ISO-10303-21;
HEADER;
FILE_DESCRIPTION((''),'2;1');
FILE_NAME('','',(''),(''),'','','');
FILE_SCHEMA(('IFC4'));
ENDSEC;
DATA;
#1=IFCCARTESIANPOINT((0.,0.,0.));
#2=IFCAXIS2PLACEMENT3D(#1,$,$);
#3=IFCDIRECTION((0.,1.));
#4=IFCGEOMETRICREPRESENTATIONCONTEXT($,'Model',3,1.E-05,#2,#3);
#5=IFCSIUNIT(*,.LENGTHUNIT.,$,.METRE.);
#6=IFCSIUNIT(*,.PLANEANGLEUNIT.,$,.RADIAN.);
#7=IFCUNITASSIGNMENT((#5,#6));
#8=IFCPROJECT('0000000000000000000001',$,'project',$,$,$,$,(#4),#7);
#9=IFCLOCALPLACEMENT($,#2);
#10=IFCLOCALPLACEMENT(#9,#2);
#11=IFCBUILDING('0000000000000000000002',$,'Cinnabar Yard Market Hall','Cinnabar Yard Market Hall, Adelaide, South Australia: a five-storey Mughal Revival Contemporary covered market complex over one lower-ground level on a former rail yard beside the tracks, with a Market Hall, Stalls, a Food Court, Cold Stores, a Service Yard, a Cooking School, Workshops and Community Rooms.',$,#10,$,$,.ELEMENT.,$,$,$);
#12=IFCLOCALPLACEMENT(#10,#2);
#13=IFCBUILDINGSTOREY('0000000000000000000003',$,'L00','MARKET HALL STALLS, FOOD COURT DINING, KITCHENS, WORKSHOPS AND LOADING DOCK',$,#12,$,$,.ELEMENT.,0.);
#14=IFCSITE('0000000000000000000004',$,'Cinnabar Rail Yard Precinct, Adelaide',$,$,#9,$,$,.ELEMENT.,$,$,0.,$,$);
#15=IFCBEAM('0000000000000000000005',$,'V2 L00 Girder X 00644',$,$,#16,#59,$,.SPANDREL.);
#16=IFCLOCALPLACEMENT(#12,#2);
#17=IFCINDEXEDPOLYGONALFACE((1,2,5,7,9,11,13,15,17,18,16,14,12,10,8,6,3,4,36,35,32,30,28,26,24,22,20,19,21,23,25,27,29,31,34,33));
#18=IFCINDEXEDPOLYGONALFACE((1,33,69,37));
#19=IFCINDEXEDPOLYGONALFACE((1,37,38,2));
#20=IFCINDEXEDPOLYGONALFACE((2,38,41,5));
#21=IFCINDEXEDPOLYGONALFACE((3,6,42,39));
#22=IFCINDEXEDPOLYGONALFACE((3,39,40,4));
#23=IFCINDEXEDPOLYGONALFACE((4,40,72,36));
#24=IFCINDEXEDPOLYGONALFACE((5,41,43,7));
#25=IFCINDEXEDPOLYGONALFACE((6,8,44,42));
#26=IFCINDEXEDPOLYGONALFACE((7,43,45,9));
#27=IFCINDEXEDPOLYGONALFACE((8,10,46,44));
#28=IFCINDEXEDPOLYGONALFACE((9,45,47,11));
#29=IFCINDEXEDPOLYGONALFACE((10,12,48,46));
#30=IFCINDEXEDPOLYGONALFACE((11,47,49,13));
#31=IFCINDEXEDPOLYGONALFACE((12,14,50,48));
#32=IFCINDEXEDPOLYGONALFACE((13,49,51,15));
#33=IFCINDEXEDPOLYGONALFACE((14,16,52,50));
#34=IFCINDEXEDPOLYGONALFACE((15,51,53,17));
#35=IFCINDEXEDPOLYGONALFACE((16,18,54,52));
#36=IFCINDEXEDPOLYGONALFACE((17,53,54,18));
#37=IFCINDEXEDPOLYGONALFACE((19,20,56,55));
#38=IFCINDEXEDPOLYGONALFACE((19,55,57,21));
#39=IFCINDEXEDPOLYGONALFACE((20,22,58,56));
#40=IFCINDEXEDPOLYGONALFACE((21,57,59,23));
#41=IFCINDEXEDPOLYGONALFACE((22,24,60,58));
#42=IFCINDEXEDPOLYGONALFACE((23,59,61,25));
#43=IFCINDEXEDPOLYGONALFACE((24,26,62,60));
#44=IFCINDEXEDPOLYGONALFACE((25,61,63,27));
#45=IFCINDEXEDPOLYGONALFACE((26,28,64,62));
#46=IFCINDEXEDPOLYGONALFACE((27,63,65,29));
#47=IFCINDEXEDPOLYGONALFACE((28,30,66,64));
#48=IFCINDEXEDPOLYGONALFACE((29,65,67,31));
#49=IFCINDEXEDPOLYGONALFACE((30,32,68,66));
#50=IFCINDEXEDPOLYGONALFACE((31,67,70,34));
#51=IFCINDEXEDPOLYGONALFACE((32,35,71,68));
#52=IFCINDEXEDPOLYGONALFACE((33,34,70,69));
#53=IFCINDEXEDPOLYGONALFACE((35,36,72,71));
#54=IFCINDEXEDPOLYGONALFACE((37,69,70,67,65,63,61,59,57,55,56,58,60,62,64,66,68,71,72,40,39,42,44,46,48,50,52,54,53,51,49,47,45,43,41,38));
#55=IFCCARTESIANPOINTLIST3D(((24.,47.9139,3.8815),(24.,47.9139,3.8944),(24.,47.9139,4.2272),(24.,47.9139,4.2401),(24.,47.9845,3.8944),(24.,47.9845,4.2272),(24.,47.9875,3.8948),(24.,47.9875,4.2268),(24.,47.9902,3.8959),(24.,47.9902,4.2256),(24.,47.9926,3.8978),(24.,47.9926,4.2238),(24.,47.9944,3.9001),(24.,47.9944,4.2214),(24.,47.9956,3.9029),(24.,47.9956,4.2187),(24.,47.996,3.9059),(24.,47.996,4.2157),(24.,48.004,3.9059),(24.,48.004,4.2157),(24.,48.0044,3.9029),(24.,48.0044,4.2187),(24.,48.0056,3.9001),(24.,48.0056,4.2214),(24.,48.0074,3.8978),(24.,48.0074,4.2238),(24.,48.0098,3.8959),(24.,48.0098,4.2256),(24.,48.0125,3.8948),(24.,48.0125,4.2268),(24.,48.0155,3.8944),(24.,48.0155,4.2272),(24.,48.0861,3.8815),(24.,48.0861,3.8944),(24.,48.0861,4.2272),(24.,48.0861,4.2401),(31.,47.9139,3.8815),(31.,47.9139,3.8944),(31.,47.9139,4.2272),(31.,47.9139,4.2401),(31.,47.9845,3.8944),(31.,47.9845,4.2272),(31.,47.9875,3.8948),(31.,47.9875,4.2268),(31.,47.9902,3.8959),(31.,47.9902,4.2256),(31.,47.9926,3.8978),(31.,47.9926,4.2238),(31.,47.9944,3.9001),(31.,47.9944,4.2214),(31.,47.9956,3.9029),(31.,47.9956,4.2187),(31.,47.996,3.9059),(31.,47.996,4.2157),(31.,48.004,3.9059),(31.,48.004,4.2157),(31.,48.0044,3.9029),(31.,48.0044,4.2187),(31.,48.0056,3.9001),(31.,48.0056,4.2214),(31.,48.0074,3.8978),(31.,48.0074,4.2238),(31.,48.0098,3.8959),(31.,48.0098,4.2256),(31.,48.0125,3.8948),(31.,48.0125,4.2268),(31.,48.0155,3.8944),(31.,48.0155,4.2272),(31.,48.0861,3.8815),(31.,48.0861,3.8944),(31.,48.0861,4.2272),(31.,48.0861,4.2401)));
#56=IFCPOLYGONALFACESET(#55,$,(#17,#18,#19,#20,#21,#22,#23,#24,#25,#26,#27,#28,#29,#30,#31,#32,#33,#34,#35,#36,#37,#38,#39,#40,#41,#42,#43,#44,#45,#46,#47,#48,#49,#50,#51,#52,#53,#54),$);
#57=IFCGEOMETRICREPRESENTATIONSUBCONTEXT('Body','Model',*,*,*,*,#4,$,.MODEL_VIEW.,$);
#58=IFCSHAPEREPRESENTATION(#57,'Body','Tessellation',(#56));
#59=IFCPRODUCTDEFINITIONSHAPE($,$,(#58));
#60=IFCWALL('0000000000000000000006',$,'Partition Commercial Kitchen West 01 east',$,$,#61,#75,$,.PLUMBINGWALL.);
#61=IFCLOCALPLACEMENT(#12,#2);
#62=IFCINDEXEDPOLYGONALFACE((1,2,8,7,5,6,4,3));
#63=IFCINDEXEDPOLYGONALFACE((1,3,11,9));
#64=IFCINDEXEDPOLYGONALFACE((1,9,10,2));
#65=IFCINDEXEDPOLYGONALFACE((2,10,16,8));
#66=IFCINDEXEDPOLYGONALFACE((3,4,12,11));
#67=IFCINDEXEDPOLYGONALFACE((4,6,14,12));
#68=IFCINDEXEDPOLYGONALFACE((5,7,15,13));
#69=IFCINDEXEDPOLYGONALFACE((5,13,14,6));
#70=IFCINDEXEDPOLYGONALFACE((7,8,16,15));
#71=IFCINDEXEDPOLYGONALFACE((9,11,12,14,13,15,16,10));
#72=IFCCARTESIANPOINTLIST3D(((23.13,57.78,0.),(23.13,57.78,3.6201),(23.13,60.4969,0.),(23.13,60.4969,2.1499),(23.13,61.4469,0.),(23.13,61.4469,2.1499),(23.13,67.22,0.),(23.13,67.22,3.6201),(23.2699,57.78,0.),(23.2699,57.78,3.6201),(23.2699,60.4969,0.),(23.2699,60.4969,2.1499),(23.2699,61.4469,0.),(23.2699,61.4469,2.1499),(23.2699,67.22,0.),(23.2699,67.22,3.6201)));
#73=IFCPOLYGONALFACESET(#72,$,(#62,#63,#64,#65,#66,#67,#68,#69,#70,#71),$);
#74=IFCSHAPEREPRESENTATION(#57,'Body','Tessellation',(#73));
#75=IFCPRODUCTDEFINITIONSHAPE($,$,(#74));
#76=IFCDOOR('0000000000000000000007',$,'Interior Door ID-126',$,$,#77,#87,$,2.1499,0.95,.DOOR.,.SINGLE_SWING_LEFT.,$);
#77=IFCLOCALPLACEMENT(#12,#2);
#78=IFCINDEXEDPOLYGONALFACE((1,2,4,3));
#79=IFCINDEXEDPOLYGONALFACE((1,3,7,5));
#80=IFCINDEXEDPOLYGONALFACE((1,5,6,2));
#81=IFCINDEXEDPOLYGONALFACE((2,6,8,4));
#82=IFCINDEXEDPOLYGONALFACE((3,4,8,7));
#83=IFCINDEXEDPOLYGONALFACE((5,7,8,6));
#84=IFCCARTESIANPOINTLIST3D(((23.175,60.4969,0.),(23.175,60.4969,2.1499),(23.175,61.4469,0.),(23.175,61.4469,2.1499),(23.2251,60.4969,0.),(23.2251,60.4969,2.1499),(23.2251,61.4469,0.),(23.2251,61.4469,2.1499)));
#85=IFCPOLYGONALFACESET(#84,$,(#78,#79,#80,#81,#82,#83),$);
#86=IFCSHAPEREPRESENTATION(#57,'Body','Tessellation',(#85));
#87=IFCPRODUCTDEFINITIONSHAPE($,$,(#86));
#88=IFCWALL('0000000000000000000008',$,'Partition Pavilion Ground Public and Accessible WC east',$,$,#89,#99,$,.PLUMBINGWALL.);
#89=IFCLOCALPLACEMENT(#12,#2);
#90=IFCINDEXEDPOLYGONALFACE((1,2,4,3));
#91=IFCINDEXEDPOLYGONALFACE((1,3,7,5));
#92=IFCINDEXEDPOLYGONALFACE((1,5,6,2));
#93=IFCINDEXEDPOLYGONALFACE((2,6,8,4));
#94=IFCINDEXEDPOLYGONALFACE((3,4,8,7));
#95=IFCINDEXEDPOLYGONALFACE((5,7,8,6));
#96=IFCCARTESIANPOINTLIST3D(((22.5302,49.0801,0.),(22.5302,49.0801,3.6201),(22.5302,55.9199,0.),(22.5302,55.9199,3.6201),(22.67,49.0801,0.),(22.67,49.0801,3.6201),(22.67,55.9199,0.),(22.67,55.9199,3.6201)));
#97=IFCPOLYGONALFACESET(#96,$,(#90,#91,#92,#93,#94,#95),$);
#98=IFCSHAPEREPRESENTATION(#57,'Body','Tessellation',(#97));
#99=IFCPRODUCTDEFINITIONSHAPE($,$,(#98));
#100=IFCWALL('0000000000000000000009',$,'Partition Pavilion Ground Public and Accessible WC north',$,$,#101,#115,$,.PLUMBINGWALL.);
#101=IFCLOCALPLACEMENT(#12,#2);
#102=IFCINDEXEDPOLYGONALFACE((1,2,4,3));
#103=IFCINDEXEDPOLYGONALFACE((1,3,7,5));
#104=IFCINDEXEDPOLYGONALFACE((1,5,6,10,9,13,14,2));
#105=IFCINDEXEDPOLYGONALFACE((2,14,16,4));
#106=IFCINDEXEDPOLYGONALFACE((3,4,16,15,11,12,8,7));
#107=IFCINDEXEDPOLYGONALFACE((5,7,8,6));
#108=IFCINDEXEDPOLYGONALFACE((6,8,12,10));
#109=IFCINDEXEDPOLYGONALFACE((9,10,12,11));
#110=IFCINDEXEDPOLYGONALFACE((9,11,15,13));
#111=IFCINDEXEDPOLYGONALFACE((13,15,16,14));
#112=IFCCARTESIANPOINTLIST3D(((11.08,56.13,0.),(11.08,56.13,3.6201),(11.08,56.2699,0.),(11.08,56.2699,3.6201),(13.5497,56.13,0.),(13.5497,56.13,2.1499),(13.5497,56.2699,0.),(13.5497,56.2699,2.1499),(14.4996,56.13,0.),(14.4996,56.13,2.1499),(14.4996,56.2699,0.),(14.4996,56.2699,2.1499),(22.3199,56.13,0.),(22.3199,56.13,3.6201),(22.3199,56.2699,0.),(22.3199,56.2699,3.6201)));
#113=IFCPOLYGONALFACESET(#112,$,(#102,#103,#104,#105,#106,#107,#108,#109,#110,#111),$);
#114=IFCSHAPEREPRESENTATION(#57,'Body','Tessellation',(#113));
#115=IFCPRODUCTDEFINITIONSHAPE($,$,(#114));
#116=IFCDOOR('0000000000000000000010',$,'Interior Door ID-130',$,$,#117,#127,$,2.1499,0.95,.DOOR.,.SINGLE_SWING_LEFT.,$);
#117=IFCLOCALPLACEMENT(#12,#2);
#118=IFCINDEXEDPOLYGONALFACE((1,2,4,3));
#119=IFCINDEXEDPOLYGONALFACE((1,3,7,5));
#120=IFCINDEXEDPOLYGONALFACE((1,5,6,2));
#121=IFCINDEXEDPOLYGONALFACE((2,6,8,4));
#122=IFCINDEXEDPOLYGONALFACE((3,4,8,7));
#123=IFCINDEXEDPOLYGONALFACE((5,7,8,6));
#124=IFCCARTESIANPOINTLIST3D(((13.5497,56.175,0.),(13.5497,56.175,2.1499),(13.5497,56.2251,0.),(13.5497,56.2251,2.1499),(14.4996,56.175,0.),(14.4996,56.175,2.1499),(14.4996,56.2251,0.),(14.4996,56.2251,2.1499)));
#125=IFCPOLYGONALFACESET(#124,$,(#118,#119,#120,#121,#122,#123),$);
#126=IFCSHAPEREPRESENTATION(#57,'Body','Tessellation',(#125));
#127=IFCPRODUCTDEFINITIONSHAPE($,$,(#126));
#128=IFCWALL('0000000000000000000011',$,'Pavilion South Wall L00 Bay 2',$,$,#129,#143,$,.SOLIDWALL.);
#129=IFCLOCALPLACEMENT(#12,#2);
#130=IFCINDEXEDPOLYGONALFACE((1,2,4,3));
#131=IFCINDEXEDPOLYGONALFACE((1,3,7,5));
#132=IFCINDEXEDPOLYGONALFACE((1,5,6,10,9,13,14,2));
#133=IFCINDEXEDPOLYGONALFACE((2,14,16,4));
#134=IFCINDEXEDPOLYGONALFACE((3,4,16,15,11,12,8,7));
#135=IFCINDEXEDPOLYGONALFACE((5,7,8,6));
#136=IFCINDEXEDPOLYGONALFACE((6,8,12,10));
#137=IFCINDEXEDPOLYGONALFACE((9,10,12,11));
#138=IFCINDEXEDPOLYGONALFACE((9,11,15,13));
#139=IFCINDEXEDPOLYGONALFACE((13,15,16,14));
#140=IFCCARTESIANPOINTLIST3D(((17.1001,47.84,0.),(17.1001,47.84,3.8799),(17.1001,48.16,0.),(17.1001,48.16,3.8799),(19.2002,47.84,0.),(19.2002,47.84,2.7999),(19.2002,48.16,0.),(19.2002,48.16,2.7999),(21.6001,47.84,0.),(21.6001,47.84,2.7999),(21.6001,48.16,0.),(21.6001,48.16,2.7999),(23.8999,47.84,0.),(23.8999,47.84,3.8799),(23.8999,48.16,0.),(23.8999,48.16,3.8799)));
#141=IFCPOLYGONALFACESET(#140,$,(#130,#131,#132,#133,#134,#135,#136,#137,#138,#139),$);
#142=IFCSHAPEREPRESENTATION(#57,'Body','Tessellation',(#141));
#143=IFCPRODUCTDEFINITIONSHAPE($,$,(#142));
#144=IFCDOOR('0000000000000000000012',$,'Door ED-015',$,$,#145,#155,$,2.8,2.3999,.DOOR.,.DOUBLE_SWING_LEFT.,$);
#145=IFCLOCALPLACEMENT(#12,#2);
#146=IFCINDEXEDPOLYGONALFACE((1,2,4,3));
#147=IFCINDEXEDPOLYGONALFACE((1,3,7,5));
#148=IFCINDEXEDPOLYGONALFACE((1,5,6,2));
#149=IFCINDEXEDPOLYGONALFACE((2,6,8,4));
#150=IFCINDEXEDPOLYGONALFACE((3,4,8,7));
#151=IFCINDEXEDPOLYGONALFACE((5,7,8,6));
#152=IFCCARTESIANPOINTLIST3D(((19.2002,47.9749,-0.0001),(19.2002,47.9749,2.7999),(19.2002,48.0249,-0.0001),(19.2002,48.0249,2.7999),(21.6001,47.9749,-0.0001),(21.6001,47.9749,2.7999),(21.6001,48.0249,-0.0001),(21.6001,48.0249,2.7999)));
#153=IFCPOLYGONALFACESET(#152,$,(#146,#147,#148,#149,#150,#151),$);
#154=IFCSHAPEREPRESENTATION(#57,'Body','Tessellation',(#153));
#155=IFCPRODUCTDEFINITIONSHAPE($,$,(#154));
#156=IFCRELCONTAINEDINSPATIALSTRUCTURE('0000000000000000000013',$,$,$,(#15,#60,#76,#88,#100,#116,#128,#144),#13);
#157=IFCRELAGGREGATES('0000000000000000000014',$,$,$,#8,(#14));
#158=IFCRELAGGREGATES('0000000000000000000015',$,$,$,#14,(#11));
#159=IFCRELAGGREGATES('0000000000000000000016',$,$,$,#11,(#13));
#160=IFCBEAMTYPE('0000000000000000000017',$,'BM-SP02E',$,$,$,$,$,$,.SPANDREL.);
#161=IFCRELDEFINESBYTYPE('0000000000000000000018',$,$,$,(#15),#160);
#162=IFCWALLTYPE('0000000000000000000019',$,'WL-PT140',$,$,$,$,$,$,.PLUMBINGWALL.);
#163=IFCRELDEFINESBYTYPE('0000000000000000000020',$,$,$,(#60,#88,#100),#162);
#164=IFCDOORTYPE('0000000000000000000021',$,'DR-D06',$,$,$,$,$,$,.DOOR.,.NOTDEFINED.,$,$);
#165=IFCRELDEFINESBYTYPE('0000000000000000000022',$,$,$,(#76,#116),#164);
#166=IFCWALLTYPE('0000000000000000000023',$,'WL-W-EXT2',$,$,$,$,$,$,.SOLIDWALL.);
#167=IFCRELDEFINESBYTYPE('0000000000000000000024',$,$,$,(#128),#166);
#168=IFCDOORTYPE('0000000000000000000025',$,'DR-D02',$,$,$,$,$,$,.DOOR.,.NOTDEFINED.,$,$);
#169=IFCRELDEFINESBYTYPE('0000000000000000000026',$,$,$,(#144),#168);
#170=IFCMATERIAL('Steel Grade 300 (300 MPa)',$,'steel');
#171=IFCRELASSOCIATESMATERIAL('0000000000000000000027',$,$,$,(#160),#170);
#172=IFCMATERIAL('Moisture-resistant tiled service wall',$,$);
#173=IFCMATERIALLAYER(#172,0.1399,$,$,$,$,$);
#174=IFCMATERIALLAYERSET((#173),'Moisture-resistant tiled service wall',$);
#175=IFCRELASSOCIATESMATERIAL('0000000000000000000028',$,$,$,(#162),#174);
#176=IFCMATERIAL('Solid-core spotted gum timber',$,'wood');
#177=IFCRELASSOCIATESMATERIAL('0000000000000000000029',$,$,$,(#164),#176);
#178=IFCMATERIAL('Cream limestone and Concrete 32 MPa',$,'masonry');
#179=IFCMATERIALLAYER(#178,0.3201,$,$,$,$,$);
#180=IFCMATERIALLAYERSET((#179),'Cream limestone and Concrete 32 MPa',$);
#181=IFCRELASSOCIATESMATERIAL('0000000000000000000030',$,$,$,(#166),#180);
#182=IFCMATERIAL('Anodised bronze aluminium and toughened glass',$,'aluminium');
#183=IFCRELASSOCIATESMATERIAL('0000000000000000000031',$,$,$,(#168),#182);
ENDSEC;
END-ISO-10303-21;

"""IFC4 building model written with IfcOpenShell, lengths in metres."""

from ifc_helpers import new_model, si_unit, direction, frame, frame_2d, origin, origin_2d_with_axis, place, context, subcontext, project, spatial, rectangle, i_section, extrude, material, layer, layer_set, material_profile, profile_set, type_object, element, fill, save


model = new_model("IFC4")

# Units and contexts
model_context = context("Model", 3, precision=1e-05, world=origin(), true_north=direction((0.0, 1.0)))
body_context = subcontext(model_context, "Body", "Model", "MODEL_VIEW")
ifc_project = project(units=[si_unit("LENGTHUNIT", "METRE"), si_unit("PLANEANGLEUNIT", "RADIAN")], contexts=[model_context])

# Site, building, storey
site_placement = place(None, origin())
site = spatial("IfcSite", under=ifc_project, at=site_placement, Name="Cinnabar Rail Yard Precinct, Adelaide", CompositionType="ELEMENT", RefElevation=0.0)
building_placement = place(site_placement, origin())
building = spatial("IfcBuilding", under=site, at=building_placement, Name="Cinnabar Yard Market Hall", Description="Cinnabar Yard Market Hall, Adelaide, South Australia: a five-storey Mughal Revival Contemporary covered market complex over one lower-ground level on a former rail yard beside the tracks, with a Market Hall, Stalls, a Food Court, Cold Stores, a Service Yard, a Cooking School, Workshops and Community Rooms.", CompositionType="ELEMENT")
storey_placement = place(building_placement, origin())
storey = spatial("IfcBuildingStorey", under=building, at=storey_placement, Name="L00", Description="MARKET HALL STALLS, FOOD COURT DINING, KITCHENS, WORKSHOPS AND LOADING DOCK", CompositionType="ELEMENT", Elevation=0.0)

# Shared definitions
ifc_material_1 = material(Name="Steel Grade 300 (300 MPa)", Category="steel")

# Beam
ifc_material_profile_1 = material_profile(ifc_material_1, i_section(OverallWidth=0.1721, OverallDepth=0.3586, WebThickness=0.0081, FlangeThickness=0.0129, FilletRadius=0.0115, at=origin_2d_with_axis()), Name="360UB56.7")
ifc_profile_set_1 = profile_set([ifc_material_profile_1], Name="Steel Grade 300 (300 MPa)")
beam_type_1 = type_object("IfcBeamType", Name="BM-SP02E", PredefinedType="SPANDREL", material=ifc_profile_set_1)
for number, where, z_axis, x_axis, name in (
    (1, (24.0, 48.0, 4.0608), (1.0, 0.0, 0.0), (0.0, 1.0, 0.0), "V2 L00 Girder X 00644"),
):
    element("IfcBeam", number, at=place(storey_placement, frame(where, z_axis=z_axis, x_axis=x_axis)), inside=storey, type_object=beam_type_1, Name=name, PredefinedType="SPANDREL", context=body_context, shape_type="SweptSolid", body=[
        extrude(i_section(OverallWidth=0.1721, OverallDepth=0.3586, WebThickness=0.0081, FlangeThickness=0.0129, FilletRadius=0.0115, at=origin_2d_with_axis()), origin(), (0.0, 0.0, 1.0), 7.0),
    ])

# Wall, opening, door
ifc_material_2 = material(Name="Moisture-resistant tiled service wall")
ifc_layer_1 = layer(ifc_material_2, 0.1399)
ifc_layer_set_1 = layer_set([ifc_layer_1], Name="Moisture-resistant tiled service wall")
wall_type_1 = type_object("IfcWallType", Name="WL-PT140", PredefinedType="PLUMBINGWALL", material=ifc_layer_set_1)
wall_1_placement = place(storey_placement, frame((23.2, 57.78, 0.0), z_axis=(0.0, 0.0, 1.0), x_axis=(0.0, 1.0, 0.0)))
wall_1 = element("IfcWall", 2, at=wall_1_placement, inside=storey, type_object=wall_type_1, Name="Partition Commercial Kitchen West 01 east", PredefinedType="PLUMBINGWALL", context=body_context, shape_type="SweptSolid", body=[
    extrude(rectangle(XDim=9.4399, YDim=0.1399, at=frame_2d((4.72, 0.0), x_axis=(1.0, 0.0))), origin(), (0.0, 0.0, 1.0), 3.6201),
])
opening_1_placement = place(wall_1_placement, frame((2.7168, 0.0, 0.0)))
opening_1 = element("IfcOpeningElement", 3, at=opening_1_placement, cuts=wall_1, PredefinedType="OPENING", context=body_context, shape_type="SweptSolid", body=[
    extrude(rectangle(XDim=0.95, YDim=2.1499, at=frame_2d((0.4751, 1.075), x_axis=(1.0, 0.0))), frame((0.0, 0.0798, 0.0), z_axis=(0.0, -1.0, 0.0), x_axis=(1.0, 0.0, 0.0)), (0.0, 0.0, 1.0), 0.1599),
])
ifc_material_3 = material(Name="Solid-core spotted gum timber", Category="wood")
door_type_1 = type_object("IfcDoorType", Name="DR-D06", OperationType="NOTDEFINED", PredefinedType="DOOR", material=ifc_material_3)
door_1_placement = place(opening_1_placement, origin())
door_1 = element("IfcDoor", 4, at=door_1_placement, inside=storey, type_object=door_type_1, Name="Interior Door ID-126", OperationType="SINGLE_SWING_LEFT", OverallHeight=2.1499, OverallWidth=0.95, PredefinedType="DOOR", context=body_context, shape_type="SweptSolid", body=[
    extrude(rectangle(XDim=0.95, YDim=2.1499, at=frame_2d((0.4751, 1.075), x_axis=(1.0, 0.0))), frame((0.0, 0.0249, 0.0), z_axis=(0.0, -1.0, 0.0), x_axis=(1.0, 0.0, 0.0)), (0.0, 0.0, 1.0), 0.05),
])
fill(opening_1, door_1)

# Wall
wall_2_placement = place(storey_placement, frame((22.6001, 49.0801, 0.0), z_axis=(0.0, 0.0, 1.0), x_axis=(0.0, 1.0, 0.0)))
element("IfcWall", 5, at=wall_2_placement, inside=storey, type_object=wall_type_1, Name="Partition Pavilion Ground Public and Accessible WC east", PredefinedType="PLUMBINGWALL", context=body_context, shape_type="SweptSolid", body=[
    extrude(rectangle(XDim=6.8398, YDim=0.1399, at=frame_2d((3.4199, 0.0), x_axis=(1.0, 0.0))), origin(), (0.0, 0.0, 1.0), 3.6201),
])

# Walls, openings, doors
wall_3_placement = place(storey_placement, frame((22.3201, 56.2, 0.0), z_axis=(0.0, 0.0, 1.0), x_axis=(-1.0, 0.0, 0.0)))
wall_3 = element("IfcWall", 6, at=wall_3_placement, inside=storey, type_object=wall_type_1, Name="Partition Pavilion Ground Public and Accessible WC north", PredefinedType="PLUMBINGWALL", context=body_context, shape_type="SweptSolid", body=[
    extrude(rectangle(XDim=11.24, YDim=0.1399, at=frame_2d((5.6201, 0.0), x_axis=(1.0, 0.0))), origin(), (0.0, 0.0, 1.0), 3.6201),
])
opening_2_placement = place(wall_3_placement, frame((7.8203, 0.0, 0.0)))
opening_2 = element("IfcOpeningElement", 7, at=opening_2_placement, cuts=wall_3, PredefinedType="OPENING", context=body_context, shape_type="SweptSolid", body=[
    extrude(rectangle(XDim=0.95, YDim=2.1499, at=frame_2d((0.4751, 1.075), x_axis=(1.0, 0.0))), frame((0.0, 0.0798, 0.0), z_axis=(0.0, -1.0, 0.0), x_axis=(1.0, 0.0, 0.0)), (0.0, 0.0, 1.0), 0.1599),
])
door_2_placement = place(opening_2_placement, origin())
door_2 = element("IfcDoor", 8, at=door_2_placement, inside=storey, type_object=door_type_1, Name="Interior Door ID-130", OperationType="SINGLE_SWING_LEFT", OverallHeight=2.1499, OverallWidth=0.95, PredefinedType="DOOR", context=body_context, shape_type="SweptSolid", body=[
    extrude(rectangle(XDim=0.95, YDim=2.1499, at=frame_2d((0.4751, 1.075), x_axis=(1.0, 0.0))), frame((0.0, 0.0249, 0.0), z_axis=(0.0, -1.0, 0.0), x_axis=(1.0, 0.0, 0.0)), (0.0, 0.0, 1.0), 0.05),
])
fill(opening_2, door_2)
ifc_material_4 = material(Name="Cream limestone and Concrete 32 MPa", Category="masonry")
ifc_layer_2 = layer(ifc_material_4, 0.3201)
ifc_layer_set_2 = layer_set([ifc_layer_2], Name="Cream limestone and Concrete 32 MPa")
wall_type_2 = type_object("IfcWallType", Name="WL-W-EXT2", PredefinedType="SOLIDWALL", material=ifc_layer_set_2)
wall_4_placement = place(storey_placement, frame((17.1001, 48.0, 0.0), z_axis=(0.0, 0.0, 1.0), x_axis=(1.0, 0.0, 0.0)))
wall_4 = element("IfcWall", 9, at=wall_4_placement, inside=storey, type_object=wall_type_2, Name="Pavilion South Wall L00 Bay 2", PredefinedType="SOLIDWALL", context=body_context, shape_type="SweptSolid", body=[
    extrude(rectangle(XDim=6.7998, YDim=0.3201, at=frame_2d((3.3999, 0.0), x_axis=(1.0, 0.0))), origin(), (0.0, 0.0, 1.0), 3.8799),
])
opening_3_placement = place(wall_4_placement, frame((2.1001, 0.0, 0.0)))
opening_3 = element("IfcOpeningElement", 10, at=opening_3_placement, cuts=wall_4, PredefinedType="OPENING", context=body_context, shape_type="SweptSolid", body=[
    extrude(rectangle(XDim=2.3999, YDim=2.8, at=frame_2d((1.2, 1.3999), x_axis=(1.0, 0.0))), frame((0.0, 0.1699, 0.0), z_axis=(0.0, -1.0, 0.0), x_axis=(1.0, 0.0, 0.0)), (0.0, 0.0, 1.0), 0.3401),
])
ifc_material_5 = material(Name="Anodised bronze aluminium and toughened glass", Category="aluminium")
door_type_2 = type_object("IfcDoorType", Name="DR-D02", OperationType="NOTDEFINED", PredefinedType="DOOR", material=ifc_material_5)
door_3_placement = place(opening_3_placement, origin())
door_3 = element("IfcDoor", 11, at=door_3_placement, inside=storey, type_object=door_type_2, Name="Door ED-015", OperationType="DOUBLE_SWING_LEFT", OverallHeight=2.8, OverallWidth=2.3999, PredefinedType="DOOR", context=body_context, shape_type="SweptSolid", body=[
    extrude(rectangle(XDim=2.3999, YDim=2.8, at=frame_2d((1.2, 1.3999), x_axis=(1.0, 0.0))), frame((0.0, 0.0249, 0.0), z_axis=(0.0, -1.0, 0.0), x_axis=(1.0, 0.0, 0.0)), (0.0, 0.0, 1.0), 0.05),
])
fill(opening_3, door_3)

save(model, "model.ifc")
